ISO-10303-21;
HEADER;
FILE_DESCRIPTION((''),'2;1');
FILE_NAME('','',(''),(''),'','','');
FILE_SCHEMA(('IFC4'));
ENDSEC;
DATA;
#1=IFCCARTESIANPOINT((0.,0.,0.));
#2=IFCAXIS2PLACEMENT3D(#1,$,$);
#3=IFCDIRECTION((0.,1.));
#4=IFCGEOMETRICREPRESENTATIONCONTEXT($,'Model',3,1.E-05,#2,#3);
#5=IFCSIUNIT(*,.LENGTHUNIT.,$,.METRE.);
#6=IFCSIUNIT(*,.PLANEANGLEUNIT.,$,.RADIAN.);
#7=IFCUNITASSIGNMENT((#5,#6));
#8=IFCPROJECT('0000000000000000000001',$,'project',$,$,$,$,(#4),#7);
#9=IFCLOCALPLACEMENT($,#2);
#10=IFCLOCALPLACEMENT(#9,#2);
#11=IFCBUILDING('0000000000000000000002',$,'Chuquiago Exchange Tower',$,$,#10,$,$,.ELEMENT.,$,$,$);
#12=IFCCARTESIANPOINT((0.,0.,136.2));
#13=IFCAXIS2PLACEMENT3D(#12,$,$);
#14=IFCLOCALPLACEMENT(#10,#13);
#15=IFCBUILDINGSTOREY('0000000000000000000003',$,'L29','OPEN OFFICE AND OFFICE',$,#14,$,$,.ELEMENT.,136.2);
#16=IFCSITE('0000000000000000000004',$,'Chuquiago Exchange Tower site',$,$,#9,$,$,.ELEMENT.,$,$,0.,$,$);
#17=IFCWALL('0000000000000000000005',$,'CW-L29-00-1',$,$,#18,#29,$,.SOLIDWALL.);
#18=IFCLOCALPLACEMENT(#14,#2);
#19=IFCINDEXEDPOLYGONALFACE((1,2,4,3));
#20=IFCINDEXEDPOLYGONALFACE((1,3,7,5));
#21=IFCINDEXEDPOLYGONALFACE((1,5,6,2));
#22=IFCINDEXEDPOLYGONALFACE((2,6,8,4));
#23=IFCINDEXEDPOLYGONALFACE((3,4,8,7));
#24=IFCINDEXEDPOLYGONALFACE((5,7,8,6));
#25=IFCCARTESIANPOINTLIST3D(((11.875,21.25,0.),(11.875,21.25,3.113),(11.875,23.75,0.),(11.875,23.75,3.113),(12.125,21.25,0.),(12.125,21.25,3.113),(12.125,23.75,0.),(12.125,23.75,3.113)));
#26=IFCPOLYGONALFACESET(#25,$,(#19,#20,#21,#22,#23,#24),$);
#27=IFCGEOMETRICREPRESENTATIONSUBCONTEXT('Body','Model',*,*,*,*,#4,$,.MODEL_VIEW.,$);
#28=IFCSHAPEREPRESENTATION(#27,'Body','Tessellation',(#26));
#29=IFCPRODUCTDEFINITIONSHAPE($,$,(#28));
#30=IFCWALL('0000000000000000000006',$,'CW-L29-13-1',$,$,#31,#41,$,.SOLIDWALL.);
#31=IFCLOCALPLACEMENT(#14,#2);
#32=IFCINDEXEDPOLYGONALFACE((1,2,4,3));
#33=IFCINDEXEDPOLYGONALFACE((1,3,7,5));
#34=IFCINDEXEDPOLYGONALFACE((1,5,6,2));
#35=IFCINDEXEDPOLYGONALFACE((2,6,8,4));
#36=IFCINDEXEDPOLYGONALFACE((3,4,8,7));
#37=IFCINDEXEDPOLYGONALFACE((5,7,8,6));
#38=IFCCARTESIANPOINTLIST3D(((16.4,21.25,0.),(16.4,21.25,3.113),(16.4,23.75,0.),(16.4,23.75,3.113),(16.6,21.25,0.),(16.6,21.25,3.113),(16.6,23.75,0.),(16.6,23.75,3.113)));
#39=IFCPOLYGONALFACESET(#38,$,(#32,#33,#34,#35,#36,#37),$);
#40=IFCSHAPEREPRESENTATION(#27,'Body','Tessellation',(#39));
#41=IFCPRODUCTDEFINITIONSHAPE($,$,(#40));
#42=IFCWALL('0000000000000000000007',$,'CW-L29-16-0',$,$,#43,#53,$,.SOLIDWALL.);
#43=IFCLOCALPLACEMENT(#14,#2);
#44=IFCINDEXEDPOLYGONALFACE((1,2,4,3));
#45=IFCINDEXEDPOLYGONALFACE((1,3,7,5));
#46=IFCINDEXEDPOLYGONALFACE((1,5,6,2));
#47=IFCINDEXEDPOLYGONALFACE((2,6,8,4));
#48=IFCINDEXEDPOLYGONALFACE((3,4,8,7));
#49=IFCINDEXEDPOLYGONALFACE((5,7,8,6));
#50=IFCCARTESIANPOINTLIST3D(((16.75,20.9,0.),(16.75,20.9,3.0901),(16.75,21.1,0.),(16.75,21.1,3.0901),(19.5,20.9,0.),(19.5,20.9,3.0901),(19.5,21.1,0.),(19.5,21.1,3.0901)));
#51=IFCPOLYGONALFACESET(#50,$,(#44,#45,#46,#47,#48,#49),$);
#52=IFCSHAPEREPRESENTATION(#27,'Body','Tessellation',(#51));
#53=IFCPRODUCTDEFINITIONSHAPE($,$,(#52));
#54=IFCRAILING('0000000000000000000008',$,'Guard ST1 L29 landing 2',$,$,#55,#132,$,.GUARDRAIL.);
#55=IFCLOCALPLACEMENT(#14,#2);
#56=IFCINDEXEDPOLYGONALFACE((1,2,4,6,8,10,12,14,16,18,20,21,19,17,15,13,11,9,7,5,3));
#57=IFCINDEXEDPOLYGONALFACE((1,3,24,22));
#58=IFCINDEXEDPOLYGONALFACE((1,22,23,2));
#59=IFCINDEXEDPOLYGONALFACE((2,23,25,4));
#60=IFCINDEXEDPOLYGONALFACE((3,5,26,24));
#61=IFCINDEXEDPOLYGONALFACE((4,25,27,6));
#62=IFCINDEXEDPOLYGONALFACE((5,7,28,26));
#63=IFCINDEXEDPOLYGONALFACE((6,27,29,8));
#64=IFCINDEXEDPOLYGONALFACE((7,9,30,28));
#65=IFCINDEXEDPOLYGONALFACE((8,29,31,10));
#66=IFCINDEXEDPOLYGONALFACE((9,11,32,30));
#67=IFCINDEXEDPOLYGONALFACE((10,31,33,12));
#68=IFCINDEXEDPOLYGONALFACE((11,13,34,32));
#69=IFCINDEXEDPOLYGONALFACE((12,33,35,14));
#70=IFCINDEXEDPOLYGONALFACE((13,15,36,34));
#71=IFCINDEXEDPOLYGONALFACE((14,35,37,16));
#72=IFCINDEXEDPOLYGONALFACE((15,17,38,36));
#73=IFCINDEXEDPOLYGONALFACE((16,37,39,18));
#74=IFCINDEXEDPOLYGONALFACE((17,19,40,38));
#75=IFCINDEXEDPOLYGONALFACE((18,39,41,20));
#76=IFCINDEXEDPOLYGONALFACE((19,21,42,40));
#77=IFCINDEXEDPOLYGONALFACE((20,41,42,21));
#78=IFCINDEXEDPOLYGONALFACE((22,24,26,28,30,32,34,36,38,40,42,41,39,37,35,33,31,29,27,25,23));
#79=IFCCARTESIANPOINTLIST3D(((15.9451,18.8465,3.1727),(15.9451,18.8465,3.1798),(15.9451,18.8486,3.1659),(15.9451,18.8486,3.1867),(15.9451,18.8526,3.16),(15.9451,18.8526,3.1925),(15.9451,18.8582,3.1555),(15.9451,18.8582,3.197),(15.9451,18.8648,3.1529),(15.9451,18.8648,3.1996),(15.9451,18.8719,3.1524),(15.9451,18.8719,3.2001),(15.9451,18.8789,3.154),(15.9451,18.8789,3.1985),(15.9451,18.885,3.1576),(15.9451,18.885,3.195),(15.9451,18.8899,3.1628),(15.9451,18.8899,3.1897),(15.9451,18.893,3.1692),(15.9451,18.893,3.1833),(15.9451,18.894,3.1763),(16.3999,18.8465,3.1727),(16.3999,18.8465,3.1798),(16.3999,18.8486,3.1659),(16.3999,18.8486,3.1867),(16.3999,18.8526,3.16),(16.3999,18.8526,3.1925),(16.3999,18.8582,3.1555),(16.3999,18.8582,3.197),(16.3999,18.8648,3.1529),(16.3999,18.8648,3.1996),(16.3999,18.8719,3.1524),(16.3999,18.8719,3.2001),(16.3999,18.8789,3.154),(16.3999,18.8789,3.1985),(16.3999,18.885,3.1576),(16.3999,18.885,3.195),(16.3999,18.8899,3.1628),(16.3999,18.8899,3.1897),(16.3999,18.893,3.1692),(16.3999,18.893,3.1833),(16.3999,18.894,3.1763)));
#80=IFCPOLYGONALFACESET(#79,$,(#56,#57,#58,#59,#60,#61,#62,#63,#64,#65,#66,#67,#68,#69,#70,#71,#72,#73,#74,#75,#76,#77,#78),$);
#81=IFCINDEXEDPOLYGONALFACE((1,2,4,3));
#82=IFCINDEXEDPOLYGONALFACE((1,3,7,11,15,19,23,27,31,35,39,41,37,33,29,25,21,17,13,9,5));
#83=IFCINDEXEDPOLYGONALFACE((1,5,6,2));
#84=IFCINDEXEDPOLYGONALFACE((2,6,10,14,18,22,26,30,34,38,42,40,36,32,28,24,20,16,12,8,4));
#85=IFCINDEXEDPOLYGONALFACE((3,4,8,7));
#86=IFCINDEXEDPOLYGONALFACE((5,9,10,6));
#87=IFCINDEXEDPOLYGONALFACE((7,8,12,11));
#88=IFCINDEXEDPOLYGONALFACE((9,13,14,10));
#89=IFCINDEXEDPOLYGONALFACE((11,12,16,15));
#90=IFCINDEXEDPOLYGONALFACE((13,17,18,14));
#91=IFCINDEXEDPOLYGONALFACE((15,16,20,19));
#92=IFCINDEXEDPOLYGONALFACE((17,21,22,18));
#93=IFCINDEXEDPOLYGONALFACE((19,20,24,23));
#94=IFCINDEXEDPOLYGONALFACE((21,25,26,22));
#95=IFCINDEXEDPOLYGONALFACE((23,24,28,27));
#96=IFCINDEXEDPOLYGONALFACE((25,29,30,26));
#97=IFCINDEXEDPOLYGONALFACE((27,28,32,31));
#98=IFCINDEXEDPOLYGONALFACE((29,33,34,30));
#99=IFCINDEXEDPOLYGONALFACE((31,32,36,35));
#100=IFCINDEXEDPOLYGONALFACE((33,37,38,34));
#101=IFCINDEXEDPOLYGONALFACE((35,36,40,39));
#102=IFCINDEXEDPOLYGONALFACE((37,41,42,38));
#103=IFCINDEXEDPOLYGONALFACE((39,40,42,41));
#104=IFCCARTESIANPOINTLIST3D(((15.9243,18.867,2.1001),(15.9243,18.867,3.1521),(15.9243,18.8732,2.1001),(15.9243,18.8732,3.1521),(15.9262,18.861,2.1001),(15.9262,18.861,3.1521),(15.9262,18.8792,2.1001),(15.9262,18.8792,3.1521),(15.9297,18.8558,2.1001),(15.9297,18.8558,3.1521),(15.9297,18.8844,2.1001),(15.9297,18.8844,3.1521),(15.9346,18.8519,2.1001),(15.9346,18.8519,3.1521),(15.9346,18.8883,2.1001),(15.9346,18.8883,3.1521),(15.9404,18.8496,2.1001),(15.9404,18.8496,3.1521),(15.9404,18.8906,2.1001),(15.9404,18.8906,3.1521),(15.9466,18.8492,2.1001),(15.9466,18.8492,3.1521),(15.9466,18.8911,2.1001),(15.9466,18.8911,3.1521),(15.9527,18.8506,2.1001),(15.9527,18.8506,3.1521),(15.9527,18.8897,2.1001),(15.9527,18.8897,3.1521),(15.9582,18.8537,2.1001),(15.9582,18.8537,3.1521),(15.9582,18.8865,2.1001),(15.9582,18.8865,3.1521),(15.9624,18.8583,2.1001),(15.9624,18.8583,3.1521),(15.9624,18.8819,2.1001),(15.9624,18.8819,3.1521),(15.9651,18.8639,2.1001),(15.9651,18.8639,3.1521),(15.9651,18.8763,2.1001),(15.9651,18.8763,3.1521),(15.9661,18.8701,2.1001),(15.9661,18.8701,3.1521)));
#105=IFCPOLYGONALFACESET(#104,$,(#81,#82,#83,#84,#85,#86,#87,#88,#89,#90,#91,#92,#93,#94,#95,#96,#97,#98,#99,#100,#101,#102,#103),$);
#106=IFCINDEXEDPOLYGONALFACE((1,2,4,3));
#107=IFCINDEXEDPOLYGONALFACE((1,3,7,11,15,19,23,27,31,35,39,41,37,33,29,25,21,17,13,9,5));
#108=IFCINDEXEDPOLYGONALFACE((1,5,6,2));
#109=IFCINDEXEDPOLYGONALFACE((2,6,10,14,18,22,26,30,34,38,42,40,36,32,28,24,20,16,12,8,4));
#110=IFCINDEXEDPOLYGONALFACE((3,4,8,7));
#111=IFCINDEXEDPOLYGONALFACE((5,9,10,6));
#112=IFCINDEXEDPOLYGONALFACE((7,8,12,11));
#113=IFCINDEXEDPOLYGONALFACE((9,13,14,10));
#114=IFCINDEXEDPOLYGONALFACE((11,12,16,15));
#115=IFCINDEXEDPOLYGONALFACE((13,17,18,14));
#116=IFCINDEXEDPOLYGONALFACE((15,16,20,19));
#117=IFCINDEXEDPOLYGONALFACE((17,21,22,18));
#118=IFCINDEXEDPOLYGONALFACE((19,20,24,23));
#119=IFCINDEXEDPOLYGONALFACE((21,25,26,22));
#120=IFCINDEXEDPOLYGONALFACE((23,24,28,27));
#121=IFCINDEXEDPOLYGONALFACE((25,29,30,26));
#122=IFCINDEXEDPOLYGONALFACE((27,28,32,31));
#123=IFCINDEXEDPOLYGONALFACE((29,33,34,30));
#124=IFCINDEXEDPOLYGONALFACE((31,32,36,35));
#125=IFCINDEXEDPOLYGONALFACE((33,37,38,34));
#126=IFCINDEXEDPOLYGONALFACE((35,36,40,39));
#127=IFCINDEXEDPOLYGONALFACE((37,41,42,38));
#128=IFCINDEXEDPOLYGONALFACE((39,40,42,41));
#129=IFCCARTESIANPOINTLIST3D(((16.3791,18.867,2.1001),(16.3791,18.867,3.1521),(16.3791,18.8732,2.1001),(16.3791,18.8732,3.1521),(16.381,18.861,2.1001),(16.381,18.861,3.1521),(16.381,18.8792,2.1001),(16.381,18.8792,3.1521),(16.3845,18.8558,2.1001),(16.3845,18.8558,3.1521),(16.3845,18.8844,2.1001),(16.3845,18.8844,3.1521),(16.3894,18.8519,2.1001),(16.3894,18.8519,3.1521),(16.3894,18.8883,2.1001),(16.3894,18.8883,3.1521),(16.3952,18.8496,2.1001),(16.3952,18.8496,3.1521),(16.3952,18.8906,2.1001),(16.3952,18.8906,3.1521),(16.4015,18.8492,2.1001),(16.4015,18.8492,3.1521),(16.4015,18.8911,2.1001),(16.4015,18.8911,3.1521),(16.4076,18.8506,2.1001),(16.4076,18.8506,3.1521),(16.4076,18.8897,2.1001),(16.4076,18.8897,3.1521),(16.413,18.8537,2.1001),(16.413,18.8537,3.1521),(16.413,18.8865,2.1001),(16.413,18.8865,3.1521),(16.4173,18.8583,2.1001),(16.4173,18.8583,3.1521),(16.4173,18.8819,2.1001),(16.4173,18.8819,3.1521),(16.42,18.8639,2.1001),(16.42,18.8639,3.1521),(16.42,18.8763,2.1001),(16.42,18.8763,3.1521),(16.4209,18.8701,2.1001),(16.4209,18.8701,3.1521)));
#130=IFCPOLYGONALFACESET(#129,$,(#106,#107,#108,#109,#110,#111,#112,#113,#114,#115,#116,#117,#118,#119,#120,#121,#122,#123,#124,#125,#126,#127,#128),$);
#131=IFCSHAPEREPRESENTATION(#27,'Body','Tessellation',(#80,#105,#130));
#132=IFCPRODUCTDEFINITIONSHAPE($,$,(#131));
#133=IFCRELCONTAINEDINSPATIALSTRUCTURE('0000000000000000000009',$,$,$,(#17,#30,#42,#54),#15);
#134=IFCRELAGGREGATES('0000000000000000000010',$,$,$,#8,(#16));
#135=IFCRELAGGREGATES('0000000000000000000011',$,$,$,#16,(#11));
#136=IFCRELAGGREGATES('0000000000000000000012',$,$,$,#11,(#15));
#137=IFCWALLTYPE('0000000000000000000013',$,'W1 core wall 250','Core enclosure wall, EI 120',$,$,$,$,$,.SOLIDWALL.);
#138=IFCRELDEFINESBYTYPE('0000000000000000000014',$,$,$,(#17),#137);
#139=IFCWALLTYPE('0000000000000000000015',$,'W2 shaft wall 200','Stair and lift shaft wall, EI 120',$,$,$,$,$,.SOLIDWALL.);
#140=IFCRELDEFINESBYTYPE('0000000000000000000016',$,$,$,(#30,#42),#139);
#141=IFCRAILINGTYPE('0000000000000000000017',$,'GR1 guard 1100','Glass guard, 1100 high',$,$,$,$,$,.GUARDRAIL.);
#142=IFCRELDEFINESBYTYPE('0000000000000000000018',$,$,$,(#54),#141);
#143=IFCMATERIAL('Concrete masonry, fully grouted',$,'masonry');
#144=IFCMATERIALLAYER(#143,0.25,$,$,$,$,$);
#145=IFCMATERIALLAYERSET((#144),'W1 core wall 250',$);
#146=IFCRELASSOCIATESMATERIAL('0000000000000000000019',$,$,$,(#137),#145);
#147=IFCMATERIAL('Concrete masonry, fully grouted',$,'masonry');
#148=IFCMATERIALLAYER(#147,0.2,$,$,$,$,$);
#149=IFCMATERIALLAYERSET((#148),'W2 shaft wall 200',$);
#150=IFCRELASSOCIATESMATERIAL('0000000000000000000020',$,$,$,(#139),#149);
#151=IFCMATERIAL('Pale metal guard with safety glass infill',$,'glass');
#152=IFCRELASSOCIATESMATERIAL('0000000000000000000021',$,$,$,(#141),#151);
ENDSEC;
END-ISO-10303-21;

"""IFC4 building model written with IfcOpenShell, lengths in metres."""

from ifc_helpers import new_model, si_unit, direction, frame, frame_2d, origin, origin_2d, place, context, subcontext, project, spatial, rectangle, circle, extrude, material, layer, layer_set, type_object, element, save


model = new_model("IFC4")

# Units and contexts
model_context = context("Model", 3, precision=1e-05, world=origin(), true_north=direction((0.0, 1.0)))
body_context = subcontext(model_context, "Body", "Model", "MODEL_VIEW")
ifc_project = project(units=[si_unit("LENGTHUNIT", "METRE"), si_unit("PLANEANGLEUNIT", "RADIAN")], contexts=[model_context])

# Site, building, storey
site_placement = place(None, origin())
site = spatial("IfcSite", under=ifc_project, at=site_placement, Name="Chuquiago Exchange Tower site", CompositionType="ELEMENT", RefElevation=0.0)
building_placement = place(site_placement, origin())
building = spatial("IfcBuilding", under=site, at=building_placement, Name="Chuquiago Exchange Tower", CompositionType="ELEMENT")
storey_placement = place(building_placement, frame((0.0, 0.0, 136.2)))
storey = spatial("IfcBuildingStorey", under=building, at=storey_placement, Name="L29", Description="OPEN OFFICE AND OFFICE", CompositionType="ELEMENT", Elevation=136.2)

# Walls
ifc_material_1 = material(Name="Concrete masonry, fully grouted", Category="masonry")
ifc_layer_1 = layer(ifc_material_1, 0.25)
ifc_layer_set_1 = layer_set([ifc_layer_1], Name="W1 core wall 250")
wall_type_1 = type_object("IfcWallType", Name="W1 core wall 250", Description="Core enclosure wall, EI 120", PredefinedType="SOLIDWALL", material=ifc_layer_set_1)
wall_1_placement = place(storey_placement, frame((12.0, 21.25, 0.0), z_axis=(0.0, 0.0, 1.0), x_axis=(0.0, 1.0, 0.0)))
element("IfcWall", 1, at=wall_1_placement, inside=storey, type_object=wall_type_1, Name="CW-L29-00-1", PredefinedType="SOLIDWALL", context=body_context, shape_type="SweptSolid", body=[
    extrude(rectangle(XDim=2.5, YDim=0.25, at=frame_2d((1.25, 0.0))), origin(), (0.0, 0.0, 1.0), 3.113),
])
ifc_material_2 = material(Name="Concrete masonry, fully grouted", Category="masonry")
ifc_layer_2 = layer(ifc_material_2, 0.2)
ifc_layer_set_2 = layer_set([ifc_layer_2], Name="W2 shaft wall 200")
wall_type_2 = type_object("IfcWallType", Name="W2 shaft wall 200", Description="Stair and lift shaft wall, EI 120", PredefinedType="SOLIDWALL", material=ifc_layer_set_2)
wall_2_placement = place(storey_placement, frame((16.5, 21.25, 0.0), z_axis=(0.0, 0.0, 1.0), x_axis=(0.0, 1.0, 0.0)))
element("IfcWall", 2, at=wall_2_placement, inside=storey, type_object=wall_type_2, Name="CW-L29-13-1", PredefinedType="SOLIDWALL", context=body_context, shape_type="SweptSolid", body=[
    extrude(rectangle(XDim=2.5, YDim=0.2, at=frame_2d((1.25, 0.0))), origin(), (0.0, 0.0, 1.0), 3.113),
])
wall_3_placement = place(storey_placement, frame((16.75, 21.0, 0.0), z_axis=(0.0, 0.0, 1.0), x_axis=(1.0, 0.0, 0.0)))
element("IfcWall", 3, at=wall_3_placement, inside=storey, type_object=wall_type_2, Name="CW-L29-16-0", PredefinedType="SOLIDWALL", context=body_context, shape_type="SweptSolid", body=[
    extrude(rectangle(XDim=2.75, YDim=0.2, at=frame_2d((1.375, 0.0))), origin(), (0.0, 0.0, 1.0), 3.0901),
])

# Railing
ifc_material_3 = material(Name="Pale metal guard with safety glass infill", Category="glass")
railing_type_1 = type_object("IfcRailingType", Name="GR1 guard 1100", Description="Glass guard, 1100 high", PredefinedType="GUARDRAIL", material=ifc_material_3)
railing_placement = place(storey_placement, frame((15.9451, 18.8701, 2.1001)))
element("IfcRailing", 4, at=railing_placement, inside=storey, type_object=railing_type_1, Name="Guard ST1 L29 landing 2", PredefinedType="GUARDRAIL", context=body_context, shape_type="SweptSolid", body=[
    extrude(circle(Radius=0.0239, at=origin_2d()), frame((0.0, 0.0, 1.0762), z_axis=(1.0, 0.0, 0.0), x_axis=(0.0, 1.0, 0.0)), (0.0, 0.0, 1.0), 0.4548),
    extrude(circle(Radius=0.021, at=origin_2d()), origin(), (0.0, 0.0, 1.0), 1.052),
    extrude(circle(Radius=0.021, at=origin_2d()), frame((0.4548, 0.0, 0.0)), (0.0, 0.0, 1.0), 1.052),
])

save(model, "model.ifc")
